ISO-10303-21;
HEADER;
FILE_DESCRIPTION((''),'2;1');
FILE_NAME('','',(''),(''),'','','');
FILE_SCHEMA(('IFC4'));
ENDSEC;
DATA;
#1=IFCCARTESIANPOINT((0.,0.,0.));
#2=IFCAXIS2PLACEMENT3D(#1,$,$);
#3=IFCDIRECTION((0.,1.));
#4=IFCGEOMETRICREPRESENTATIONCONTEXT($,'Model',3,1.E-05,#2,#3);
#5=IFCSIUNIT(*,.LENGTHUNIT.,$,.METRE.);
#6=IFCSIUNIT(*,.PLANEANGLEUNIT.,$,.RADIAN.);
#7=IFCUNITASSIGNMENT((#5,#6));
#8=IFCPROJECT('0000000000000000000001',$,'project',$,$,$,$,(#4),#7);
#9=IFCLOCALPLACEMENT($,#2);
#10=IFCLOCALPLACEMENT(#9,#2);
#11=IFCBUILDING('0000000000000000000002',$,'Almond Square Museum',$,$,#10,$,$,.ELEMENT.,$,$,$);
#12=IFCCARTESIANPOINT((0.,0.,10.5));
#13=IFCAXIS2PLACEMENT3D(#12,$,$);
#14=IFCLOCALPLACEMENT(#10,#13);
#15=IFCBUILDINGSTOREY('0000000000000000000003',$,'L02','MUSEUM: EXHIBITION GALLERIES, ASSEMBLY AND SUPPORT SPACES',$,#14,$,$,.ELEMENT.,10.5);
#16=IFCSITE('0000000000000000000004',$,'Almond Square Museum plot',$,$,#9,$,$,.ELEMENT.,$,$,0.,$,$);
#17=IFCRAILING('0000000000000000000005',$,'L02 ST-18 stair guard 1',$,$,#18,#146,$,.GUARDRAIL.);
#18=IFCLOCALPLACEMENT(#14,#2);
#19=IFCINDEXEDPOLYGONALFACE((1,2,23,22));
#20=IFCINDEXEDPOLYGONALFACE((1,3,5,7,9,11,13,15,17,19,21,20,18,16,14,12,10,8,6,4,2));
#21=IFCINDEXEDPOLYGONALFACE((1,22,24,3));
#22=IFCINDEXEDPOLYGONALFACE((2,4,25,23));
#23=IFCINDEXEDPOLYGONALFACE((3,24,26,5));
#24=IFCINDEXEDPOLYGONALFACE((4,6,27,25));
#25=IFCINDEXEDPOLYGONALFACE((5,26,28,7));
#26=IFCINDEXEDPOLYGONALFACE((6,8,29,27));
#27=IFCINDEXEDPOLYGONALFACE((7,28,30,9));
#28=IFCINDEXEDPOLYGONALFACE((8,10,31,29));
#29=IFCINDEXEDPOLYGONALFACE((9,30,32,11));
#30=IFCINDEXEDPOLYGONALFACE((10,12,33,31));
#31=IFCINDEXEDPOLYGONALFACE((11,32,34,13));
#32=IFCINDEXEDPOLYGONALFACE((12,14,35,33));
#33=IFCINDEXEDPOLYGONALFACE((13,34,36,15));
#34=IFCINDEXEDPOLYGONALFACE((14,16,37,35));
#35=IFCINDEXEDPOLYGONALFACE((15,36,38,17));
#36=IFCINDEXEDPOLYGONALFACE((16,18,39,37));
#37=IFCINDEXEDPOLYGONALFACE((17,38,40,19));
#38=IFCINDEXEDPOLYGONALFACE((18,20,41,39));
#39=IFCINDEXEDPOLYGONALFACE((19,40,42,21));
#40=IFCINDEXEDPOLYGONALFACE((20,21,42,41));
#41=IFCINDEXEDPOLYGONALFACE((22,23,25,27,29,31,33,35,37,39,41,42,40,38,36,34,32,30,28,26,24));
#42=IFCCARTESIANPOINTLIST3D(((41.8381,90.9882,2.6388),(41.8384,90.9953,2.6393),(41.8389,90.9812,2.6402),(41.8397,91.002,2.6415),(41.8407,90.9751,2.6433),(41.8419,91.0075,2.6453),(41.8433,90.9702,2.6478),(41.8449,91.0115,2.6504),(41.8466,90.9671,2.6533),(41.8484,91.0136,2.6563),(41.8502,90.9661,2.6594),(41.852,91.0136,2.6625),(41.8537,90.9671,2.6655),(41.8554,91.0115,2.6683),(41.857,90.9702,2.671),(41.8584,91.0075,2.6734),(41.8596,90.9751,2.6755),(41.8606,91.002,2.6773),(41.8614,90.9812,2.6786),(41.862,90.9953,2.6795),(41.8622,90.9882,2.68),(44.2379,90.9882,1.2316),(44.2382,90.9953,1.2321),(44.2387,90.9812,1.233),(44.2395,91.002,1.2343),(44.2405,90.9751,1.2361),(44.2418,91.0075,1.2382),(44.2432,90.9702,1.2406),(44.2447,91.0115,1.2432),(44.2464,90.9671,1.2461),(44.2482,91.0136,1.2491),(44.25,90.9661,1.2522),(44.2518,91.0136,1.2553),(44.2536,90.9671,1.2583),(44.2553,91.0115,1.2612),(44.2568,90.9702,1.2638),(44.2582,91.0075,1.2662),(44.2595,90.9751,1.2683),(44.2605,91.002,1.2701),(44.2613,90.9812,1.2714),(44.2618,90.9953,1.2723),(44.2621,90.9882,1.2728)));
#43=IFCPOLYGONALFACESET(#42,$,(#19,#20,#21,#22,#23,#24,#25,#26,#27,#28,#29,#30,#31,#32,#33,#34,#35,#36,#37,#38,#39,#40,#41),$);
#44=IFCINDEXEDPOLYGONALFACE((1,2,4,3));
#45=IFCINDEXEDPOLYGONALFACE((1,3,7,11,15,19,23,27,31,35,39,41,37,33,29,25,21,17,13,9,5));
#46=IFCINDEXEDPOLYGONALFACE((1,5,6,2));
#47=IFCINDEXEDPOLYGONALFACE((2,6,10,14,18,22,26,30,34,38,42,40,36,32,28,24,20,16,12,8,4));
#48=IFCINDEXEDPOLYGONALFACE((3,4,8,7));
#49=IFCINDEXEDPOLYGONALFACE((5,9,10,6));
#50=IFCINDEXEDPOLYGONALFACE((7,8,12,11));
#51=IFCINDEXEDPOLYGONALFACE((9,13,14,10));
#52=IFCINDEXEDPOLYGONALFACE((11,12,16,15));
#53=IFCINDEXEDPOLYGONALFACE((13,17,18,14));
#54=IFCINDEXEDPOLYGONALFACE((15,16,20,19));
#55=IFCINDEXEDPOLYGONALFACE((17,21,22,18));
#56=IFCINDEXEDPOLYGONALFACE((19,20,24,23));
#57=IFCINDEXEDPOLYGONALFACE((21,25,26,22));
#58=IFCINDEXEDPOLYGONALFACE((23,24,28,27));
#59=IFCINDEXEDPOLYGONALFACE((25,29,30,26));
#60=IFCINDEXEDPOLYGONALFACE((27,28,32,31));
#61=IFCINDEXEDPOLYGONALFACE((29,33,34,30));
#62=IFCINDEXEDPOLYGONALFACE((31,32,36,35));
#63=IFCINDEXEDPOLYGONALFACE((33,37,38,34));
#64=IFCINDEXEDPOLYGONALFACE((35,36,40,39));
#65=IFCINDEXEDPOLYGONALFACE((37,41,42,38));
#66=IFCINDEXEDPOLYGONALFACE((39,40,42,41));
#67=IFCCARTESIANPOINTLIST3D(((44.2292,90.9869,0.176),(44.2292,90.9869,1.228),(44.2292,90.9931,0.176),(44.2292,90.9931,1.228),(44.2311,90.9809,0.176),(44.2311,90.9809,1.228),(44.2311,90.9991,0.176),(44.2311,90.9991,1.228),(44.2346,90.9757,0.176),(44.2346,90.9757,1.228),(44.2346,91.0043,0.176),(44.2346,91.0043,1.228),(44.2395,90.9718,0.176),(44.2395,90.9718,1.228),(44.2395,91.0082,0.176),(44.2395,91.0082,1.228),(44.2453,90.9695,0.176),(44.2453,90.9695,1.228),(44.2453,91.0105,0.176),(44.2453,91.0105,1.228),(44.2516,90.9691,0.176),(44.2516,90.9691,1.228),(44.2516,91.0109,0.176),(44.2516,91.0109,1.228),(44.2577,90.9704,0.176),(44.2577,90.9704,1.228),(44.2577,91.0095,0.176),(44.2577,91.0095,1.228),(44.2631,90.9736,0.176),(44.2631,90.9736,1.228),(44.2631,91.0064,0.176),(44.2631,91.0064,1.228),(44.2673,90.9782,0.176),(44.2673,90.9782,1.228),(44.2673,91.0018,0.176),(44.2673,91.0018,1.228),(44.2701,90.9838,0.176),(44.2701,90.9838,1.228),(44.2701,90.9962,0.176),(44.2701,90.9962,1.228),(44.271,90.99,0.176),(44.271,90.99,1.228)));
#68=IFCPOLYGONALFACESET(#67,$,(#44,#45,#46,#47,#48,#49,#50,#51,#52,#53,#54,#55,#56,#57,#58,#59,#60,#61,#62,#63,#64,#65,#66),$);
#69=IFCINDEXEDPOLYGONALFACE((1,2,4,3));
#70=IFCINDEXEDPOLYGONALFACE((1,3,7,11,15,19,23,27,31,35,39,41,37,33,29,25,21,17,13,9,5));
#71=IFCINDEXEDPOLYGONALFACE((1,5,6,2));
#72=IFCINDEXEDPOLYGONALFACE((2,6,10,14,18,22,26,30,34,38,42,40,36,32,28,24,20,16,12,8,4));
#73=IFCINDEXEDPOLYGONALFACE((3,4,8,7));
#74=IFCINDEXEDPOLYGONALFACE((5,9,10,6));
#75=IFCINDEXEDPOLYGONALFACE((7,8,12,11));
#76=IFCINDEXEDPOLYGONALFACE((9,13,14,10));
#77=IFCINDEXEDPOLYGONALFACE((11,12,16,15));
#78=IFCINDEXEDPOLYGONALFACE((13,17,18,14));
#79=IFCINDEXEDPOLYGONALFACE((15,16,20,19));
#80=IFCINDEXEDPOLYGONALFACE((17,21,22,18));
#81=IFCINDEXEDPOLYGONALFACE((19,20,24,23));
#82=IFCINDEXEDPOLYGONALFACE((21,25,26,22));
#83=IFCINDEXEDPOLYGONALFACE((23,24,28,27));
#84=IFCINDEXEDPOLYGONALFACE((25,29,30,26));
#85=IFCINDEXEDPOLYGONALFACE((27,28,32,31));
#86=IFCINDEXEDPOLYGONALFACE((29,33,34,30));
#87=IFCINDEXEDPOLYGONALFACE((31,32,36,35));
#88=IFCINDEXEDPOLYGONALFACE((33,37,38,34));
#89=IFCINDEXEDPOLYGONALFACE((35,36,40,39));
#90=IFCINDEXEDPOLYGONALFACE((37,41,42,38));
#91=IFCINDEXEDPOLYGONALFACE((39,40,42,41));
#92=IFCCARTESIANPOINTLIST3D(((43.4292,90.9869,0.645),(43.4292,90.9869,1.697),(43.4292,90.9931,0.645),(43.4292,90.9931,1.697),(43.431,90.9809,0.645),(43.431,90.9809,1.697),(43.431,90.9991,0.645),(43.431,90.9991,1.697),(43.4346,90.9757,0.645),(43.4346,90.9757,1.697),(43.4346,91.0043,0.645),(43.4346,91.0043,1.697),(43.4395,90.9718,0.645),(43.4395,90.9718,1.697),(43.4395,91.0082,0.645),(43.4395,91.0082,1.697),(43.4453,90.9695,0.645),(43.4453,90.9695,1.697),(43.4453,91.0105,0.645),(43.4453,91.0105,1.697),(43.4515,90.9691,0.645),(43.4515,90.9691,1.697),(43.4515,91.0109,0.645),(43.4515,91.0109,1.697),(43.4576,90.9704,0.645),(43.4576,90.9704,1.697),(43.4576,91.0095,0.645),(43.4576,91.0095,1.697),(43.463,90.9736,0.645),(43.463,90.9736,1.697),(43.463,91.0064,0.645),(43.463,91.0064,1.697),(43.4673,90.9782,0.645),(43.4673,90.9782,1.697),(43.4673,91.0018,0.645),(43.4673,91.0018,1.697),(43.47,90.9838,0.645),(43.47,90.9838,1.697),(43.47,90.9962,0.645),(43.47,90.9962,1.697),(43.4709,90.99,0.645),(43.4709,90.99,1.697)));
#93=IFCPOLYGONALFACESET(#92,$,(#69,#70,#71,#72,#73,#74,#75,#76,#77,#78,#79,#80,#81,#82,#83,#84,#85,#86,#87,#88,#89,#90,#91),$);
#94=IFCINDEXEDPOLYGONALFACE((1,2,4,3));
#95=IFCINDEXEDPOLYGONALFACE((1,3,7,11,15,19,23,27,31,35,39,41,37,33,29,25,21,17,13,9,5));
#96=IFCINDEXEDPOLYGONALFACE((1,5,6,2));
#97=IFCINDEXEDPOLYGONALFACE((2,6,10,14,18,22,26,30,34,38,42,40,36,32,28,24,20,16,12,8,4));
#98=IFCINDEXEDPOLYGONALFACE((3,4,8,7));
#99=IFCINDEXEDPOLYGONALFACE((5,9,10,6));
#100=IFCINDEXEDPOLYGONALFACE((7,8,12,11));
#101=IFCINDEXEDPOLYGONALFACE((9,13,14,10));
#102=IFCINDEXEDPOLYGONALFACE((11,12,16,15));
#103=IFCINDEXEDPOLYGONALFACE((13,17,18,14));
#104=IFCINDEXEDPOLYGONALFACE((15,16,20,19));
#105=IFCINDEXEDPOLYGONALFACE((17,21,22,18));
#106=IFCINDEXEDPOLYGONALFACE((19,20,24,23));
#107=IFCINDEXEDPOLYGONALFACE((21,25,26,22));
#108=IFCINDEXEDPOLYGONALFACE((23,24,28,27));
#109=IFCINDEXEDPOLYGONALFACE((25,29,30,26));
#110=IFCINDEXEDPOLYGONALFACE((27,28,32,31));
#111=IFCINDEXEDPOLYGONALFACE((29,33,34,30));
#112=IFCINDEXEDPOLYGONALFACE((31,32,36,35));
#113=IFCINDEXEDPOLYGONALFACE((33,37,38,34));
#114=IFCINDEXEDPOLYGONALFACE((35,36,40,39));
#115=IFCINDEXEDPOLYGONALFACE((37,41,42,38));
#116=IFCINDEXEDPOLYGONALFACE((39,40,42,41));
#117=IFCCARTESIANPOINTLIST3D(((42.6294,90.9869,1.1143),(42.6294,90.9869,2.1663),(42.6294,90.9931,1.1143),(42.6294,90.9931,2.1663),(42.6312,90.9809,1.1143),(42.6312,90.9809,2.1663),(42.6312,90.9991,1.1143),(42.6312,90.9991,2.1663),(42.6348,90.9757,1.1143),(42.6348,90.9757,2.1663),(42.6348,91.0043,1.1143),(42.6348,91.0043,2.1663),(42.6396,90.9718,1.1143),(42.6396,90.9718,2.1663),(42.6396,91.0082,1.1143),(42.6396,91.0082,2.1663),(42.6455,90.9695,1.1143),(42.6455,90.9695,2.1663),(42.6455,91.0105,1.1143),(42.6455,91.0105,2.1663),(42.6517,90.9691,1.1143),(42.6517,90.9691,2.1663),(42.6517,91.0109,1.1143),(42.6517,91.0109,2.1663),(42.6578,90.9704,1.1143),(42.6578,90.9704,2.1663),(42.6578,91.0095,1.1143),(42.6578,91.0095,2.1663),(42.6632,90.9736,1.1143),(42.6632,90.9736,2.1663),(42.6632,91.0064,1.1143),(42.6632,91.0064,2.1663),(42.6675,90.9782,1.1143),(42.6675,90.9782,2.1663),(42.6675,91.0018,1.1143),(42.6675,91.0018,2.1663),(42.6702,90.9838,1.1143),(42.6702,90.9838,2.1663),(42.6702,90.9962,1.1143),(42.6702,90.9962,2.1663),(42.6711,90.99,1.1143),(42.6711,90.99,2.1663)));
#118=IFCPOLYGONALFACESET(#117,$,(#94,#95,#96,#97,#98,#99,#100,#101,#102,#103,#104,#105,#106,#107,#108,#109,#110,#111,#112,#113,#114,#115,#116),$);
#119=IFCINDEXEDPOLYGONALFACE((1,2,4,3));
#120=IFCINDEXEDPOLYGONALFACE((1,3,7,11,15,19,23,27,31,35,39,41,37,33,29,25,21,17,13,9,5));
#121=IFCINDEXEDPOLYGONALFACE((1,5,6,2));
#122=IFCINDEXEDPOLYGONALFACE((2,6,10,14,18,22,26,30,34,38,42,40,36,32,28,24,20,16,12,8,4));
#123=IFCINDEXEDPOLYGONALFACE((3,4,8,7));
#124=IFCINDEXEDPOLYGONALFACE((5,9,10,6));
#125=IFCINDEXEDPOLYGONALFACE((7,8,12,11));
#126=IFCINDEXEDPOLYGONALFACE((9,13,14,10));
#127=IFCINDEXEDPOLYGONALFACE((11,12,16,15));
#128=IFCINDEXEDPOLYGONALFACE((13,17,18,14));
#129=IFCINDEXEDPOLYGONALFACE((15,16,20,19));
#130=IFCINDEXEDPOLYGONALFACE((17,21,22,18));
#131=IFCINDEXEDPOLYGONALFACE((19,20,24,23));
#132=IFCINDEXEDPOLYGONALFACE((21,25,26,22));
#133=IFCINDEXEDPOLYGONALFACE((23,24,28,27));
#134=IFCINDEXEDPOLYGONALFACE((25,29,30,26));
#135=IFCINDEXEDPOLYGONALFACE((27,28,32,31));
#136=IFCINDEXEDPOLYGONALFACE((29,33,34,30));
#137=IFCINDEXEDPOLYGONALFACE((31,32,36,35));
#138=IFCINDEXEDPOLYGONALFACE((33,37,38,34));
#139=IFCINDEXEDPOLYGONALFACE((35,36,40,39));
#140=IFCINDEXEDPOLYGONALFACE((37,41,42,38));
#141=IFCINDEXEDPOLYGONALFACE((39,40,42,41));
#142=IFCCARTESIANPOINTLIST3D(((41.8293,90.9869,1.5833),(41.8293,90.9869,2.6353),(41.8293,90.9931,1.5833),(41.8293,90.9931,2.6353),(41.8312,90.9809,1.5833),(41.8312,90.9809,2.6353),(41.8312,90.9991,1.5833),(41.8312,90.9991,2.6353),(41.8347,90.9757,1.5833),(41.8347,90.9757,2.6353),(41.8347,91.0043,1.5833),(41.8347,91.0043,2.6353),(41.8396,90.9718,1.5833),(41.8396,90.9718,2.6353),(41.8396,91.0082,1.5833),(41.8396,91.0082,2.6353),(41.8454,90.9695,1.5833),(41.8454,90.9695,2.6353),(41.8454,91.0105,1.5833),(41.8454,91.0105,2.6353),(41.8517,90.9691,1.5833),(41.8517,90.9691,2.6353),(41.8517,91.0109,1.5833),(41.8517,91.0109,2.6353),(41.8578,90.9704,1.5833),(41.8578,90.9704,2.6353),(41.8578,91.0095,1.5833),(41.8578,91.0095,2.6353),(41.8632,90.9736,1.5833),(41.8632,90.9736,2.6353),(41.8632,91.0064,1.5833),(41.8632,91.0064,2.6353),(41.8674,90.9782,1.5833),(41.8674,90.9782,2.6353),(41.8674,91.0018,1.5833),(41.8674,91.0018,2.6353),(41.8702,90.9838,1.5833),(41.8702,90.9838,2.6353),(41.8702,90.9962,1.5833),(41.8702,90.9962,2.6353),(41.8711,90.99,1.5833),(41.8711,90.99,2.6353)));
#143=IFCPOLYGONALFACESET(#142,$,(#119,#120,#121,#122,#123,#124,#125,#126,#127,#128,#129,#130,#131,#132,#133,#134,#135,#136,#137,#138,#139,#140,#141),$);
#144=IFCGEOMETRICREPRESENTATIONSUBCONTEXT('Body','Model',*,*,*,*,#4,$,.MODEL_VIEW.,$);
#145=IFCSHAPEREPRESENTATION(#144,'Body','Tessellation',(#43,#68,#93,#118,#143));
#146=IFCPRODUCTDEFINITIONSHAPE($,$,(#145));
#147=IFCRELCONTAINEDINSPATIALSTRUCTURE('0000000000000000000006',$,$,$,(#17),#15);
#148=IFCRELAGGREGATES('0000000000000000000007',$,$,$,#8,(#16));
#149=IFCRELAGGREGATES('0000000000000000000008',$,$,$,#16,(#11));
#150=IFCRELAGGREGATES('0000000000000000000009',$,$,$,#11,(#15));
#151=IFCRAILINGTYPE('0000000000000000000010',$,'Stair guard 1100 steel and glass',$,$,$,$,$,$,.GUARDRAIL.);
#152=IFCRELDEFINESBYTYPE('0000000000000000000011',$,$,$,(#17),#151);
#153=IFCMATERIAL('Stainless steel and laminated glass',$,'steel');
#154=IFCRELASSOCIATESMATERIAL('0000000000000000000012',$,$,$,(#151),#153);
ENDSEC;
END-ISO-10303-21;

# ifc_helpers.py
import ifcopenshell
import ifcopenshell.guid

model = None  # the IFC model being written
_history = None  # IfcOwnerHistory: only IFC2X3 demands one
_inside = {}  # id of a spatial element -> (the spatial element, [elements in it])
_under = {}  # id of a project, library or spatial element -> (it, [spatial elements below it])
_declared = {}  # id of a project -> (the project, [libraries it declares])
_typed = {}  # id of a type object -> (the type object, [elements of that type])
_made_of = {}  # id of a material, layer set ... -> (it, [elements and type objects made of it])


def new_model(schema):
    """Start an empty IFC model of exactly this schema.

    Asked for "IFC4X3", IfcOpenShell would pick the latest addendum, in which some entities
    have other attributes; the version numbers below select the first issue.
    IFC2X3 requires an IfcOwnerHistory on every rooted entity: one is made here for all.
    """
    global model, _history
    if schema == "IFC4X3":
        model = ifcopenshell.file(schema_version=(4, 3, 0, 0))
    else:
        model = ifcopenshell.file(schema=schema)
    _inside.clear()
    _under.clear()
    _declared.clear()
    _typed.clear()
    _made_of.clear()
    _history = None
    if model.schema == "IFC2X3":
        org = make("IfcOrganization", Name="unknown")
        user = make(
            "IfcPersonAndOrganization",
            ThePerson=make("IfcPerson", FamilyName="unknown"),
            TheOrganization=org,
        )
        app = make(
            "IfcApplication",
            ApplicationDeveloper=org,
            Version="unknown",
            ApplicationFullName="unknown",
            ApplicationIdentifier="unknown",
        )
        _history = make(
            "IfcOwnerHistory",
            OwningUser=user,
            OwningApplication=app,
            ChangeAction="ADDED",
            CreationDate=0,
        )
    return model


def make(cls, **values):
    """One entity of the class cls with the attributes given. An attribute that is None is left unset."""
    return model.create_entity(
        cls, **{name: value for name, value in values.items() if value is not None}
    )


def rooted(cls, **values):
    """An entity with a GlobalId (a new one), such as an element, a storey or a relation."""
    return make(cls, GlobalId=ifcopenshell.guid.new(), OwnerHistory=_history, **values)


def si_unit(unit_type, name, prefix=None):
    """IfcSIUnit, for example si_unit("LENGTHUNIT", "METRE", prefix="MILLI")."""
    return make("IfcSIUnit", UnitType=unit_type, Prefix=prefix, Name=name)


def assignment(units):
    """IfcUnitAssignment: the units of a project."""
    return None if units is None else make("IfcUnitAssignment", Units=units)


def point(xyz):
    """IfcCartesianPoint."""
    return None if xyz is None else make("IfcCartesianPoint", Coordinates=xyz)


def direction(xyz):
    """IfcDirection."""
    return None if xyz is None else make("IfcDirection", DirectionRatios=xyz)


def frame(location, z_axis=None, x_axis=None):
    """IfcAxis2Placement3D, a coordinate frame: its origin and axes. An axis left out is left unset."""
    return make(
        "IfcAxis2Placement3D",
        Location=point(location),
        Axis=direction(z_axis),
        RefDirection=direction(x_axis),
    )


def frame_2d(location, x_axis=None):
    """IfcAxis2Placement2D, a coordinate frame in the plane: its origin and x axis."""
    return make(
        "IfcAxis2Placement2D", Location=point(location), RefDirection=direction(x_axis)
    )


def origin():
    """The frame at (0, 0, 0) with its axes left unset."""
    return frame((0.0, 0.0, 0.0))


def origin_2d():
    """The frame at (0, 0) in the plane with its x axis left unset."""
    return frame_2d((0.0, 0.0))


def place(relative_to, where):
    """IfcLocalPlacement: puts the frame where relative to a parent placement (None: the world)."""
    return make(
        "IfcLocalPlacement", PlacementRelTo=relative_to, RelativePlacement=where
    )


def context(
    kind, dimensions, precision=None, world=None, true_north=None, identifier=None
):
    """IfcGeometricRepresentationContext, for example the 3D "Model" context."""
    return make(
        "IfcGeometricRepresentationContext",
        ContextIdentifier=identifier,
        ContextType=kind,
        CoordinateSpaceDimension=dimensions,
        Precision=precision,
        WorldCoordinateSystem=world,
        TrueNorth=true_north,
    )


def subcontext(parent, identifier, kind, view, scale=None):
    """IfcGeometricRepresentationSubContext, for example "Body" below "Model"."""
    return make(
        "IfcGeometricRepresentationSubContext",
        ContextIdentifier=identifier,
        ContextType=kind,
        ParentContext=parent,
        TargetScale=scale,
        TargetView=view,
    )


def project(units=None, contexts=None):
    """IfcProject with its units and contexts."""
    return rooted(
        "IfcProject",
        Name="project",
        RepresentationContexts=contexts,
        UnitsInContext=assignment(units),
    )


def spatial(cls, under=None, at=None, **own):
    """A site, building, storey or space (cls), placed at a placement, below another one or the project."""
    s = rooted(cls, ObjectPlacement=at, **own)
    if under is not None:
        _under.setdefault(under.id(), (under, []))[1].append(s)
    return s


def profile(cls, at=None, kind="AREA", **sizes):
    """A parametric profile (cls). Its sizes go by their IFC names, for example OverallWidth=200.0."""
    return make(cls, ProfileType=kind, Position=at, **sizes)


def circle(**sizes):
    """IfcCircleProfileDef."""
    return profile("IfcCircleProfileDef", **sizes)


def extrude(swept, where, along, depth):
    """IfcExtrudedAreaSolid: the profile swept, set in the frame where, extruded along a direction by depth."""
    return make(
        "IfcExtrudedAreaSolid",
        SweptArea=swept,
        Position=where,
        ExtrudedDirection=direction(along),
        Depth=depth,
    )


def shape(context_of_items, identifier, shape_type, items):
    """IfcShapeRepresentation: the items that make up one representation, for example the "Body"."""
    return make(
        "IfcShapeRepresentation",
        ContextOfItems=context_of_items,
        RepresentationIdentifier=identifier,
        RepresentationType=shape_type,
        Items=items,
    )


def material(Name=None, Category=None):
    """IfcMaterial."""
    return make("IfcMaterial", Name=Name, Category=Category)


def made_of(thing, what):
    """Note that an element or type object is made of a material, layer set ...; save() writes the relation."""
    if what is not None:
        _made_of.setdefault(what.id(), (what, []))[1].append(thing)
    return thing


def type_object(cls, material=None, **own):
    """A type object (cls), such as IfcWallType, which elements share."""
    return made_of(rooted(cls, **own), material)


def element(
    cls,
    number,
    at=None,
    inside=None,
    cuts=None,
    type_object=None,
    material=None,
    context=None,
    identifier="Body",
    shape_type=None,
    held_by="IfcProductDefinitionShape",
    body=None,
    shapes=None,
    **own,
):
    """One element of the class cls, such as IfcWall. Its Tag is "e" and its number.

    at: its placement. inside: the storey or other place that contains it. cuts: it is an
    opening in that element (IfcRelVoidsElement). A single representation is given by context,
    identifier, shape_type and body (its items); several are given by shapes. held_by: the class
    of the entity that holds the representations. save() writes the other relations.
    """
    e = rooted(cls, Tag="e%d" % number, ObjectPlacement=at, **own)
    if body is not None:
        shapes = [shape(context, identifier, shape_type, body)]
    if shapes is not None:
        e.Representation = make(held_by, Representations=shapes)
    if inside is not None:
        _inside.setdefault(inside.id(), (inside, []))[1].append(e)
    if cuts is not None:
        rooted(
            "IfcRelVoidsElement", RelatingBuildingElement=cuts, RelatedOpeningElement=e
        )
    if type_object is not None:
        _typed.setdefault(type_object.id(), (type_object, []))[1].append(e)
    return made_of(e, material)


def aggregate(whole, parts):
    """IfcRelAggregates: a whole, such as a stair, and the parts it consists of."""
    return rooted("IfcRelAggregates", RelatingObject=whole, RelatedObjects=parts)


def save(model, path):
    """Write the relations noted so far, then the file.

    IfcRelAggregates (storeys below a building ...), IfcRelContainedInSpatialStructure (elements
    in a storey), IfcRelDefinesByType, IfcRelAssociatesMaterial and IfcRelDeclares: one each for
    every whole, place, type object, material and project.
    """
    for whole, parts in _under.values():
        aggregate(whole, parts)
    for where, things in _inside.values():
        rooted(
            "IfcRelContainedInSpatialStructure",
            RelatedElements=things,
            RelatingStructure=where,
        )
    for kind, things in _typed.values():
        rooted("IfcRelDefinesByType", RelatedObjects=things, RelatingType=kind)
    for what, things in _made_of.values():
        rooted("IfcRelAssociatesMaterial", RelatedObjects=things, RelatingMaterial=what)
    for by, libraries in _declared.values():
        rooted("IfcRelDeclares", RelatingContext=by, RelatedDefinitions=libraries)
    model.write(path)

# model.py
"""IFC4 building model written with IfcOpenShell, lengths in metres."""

from ifc_helpers import new_model, si_unit, direction, frame, origin, origin_2d, place, context, subcontext, project, spatial, circle, extrude, material, type_object, element, save


model = new_model("IFC4")

# Units and contexts
model_context = context("Model", 3, precision=1e-05, world=origin(), true_north=direction((0.0, 1.0)))
body_context = subcontext(model_context, "Body", "Model", "MODEL_VIEW")
ifc_project = project(units=[si_unit("LENGTHUNIT", "METRE"), si_unit("PLANEANGLEUNIT", "RADIAN")], contexts=[model_context])

# Site, building, storey
site_placement = place(None, origin())
site = spatial("IfcSite", under=ifc_project, at=site_placement, Name="Almond Square Museum plot", CompositionType="ELEMENT", RefElevation=0.0)
building_placement = place(site_placement, origin())
building = spatial("IfcBuilding", under=site, at=building_placement, Name="Almond Square Museum", CompositionType="ELEMENT")
storey_placement = place(building_placement, frame((0.0, 0.0, 10.5)))
storey = spatial("IfcBuildingStorey", under=building, at=storey_placement, Name="L02", Description="MUSEUM: EXHIBITION GALLERIES, ASSEMBLY AND SUPPORT SPACES", CompositionType="ELEMENT", Elevation=10.5)

# Railing
ifc_material_1 = material(Name="Stainless steel and laminated glass", Category="steel")
railing_type_1 = type_object("IfcRailingType", Name="Stair guard 1100 steel and glass", PredefinedType="GUARDRAIL", material=ifc_material_1)
railing_1_placement = place(storey_placement, frame((44.25, 90.99, 0.176)))
element("IfcRailing", 1, at=railing_1_placement, inside=storey, type_object=railing_type_1, Name="L02 ST-18 stair guard 1", PredefinedType="GUARDRAIL", context=body_context, shape_type="SweptSolid", body=[
    extrude(circle(Radius=0.0239, at=origin_2d()), frame((0.0, 0.0, 1.0762), z_axis=(-0.862637, 0.0, 0.505823), x_axis=(0.0, -1.0, 0.0)), (0.0, 0.0, 1.0), 2.782),
    extrude(circle(Radius=0.021, at=origin_2d()), origin(), (0.0, 0.0, 1.0), 1.052),
    extrude(circle(Radius=0.021, at=origin_2d()), frame((-0.8, 0.0, 0.469)), (0.0, 0.0, 1.0), 1.052),
    extrude(circle(Radius=0.021, at=origin_2d()), frame((-1.5999, 0.0, 0.9382)), (0.0, 0.0, 1.0), 1.052),
    extrude(circle(Radius=0.021, at=origin_2d()), frame((-2.3999, 0.0, 1.4072)), (0.0, 0.0, 1.0), 1.052),
])

save(model, "model.ifc")
